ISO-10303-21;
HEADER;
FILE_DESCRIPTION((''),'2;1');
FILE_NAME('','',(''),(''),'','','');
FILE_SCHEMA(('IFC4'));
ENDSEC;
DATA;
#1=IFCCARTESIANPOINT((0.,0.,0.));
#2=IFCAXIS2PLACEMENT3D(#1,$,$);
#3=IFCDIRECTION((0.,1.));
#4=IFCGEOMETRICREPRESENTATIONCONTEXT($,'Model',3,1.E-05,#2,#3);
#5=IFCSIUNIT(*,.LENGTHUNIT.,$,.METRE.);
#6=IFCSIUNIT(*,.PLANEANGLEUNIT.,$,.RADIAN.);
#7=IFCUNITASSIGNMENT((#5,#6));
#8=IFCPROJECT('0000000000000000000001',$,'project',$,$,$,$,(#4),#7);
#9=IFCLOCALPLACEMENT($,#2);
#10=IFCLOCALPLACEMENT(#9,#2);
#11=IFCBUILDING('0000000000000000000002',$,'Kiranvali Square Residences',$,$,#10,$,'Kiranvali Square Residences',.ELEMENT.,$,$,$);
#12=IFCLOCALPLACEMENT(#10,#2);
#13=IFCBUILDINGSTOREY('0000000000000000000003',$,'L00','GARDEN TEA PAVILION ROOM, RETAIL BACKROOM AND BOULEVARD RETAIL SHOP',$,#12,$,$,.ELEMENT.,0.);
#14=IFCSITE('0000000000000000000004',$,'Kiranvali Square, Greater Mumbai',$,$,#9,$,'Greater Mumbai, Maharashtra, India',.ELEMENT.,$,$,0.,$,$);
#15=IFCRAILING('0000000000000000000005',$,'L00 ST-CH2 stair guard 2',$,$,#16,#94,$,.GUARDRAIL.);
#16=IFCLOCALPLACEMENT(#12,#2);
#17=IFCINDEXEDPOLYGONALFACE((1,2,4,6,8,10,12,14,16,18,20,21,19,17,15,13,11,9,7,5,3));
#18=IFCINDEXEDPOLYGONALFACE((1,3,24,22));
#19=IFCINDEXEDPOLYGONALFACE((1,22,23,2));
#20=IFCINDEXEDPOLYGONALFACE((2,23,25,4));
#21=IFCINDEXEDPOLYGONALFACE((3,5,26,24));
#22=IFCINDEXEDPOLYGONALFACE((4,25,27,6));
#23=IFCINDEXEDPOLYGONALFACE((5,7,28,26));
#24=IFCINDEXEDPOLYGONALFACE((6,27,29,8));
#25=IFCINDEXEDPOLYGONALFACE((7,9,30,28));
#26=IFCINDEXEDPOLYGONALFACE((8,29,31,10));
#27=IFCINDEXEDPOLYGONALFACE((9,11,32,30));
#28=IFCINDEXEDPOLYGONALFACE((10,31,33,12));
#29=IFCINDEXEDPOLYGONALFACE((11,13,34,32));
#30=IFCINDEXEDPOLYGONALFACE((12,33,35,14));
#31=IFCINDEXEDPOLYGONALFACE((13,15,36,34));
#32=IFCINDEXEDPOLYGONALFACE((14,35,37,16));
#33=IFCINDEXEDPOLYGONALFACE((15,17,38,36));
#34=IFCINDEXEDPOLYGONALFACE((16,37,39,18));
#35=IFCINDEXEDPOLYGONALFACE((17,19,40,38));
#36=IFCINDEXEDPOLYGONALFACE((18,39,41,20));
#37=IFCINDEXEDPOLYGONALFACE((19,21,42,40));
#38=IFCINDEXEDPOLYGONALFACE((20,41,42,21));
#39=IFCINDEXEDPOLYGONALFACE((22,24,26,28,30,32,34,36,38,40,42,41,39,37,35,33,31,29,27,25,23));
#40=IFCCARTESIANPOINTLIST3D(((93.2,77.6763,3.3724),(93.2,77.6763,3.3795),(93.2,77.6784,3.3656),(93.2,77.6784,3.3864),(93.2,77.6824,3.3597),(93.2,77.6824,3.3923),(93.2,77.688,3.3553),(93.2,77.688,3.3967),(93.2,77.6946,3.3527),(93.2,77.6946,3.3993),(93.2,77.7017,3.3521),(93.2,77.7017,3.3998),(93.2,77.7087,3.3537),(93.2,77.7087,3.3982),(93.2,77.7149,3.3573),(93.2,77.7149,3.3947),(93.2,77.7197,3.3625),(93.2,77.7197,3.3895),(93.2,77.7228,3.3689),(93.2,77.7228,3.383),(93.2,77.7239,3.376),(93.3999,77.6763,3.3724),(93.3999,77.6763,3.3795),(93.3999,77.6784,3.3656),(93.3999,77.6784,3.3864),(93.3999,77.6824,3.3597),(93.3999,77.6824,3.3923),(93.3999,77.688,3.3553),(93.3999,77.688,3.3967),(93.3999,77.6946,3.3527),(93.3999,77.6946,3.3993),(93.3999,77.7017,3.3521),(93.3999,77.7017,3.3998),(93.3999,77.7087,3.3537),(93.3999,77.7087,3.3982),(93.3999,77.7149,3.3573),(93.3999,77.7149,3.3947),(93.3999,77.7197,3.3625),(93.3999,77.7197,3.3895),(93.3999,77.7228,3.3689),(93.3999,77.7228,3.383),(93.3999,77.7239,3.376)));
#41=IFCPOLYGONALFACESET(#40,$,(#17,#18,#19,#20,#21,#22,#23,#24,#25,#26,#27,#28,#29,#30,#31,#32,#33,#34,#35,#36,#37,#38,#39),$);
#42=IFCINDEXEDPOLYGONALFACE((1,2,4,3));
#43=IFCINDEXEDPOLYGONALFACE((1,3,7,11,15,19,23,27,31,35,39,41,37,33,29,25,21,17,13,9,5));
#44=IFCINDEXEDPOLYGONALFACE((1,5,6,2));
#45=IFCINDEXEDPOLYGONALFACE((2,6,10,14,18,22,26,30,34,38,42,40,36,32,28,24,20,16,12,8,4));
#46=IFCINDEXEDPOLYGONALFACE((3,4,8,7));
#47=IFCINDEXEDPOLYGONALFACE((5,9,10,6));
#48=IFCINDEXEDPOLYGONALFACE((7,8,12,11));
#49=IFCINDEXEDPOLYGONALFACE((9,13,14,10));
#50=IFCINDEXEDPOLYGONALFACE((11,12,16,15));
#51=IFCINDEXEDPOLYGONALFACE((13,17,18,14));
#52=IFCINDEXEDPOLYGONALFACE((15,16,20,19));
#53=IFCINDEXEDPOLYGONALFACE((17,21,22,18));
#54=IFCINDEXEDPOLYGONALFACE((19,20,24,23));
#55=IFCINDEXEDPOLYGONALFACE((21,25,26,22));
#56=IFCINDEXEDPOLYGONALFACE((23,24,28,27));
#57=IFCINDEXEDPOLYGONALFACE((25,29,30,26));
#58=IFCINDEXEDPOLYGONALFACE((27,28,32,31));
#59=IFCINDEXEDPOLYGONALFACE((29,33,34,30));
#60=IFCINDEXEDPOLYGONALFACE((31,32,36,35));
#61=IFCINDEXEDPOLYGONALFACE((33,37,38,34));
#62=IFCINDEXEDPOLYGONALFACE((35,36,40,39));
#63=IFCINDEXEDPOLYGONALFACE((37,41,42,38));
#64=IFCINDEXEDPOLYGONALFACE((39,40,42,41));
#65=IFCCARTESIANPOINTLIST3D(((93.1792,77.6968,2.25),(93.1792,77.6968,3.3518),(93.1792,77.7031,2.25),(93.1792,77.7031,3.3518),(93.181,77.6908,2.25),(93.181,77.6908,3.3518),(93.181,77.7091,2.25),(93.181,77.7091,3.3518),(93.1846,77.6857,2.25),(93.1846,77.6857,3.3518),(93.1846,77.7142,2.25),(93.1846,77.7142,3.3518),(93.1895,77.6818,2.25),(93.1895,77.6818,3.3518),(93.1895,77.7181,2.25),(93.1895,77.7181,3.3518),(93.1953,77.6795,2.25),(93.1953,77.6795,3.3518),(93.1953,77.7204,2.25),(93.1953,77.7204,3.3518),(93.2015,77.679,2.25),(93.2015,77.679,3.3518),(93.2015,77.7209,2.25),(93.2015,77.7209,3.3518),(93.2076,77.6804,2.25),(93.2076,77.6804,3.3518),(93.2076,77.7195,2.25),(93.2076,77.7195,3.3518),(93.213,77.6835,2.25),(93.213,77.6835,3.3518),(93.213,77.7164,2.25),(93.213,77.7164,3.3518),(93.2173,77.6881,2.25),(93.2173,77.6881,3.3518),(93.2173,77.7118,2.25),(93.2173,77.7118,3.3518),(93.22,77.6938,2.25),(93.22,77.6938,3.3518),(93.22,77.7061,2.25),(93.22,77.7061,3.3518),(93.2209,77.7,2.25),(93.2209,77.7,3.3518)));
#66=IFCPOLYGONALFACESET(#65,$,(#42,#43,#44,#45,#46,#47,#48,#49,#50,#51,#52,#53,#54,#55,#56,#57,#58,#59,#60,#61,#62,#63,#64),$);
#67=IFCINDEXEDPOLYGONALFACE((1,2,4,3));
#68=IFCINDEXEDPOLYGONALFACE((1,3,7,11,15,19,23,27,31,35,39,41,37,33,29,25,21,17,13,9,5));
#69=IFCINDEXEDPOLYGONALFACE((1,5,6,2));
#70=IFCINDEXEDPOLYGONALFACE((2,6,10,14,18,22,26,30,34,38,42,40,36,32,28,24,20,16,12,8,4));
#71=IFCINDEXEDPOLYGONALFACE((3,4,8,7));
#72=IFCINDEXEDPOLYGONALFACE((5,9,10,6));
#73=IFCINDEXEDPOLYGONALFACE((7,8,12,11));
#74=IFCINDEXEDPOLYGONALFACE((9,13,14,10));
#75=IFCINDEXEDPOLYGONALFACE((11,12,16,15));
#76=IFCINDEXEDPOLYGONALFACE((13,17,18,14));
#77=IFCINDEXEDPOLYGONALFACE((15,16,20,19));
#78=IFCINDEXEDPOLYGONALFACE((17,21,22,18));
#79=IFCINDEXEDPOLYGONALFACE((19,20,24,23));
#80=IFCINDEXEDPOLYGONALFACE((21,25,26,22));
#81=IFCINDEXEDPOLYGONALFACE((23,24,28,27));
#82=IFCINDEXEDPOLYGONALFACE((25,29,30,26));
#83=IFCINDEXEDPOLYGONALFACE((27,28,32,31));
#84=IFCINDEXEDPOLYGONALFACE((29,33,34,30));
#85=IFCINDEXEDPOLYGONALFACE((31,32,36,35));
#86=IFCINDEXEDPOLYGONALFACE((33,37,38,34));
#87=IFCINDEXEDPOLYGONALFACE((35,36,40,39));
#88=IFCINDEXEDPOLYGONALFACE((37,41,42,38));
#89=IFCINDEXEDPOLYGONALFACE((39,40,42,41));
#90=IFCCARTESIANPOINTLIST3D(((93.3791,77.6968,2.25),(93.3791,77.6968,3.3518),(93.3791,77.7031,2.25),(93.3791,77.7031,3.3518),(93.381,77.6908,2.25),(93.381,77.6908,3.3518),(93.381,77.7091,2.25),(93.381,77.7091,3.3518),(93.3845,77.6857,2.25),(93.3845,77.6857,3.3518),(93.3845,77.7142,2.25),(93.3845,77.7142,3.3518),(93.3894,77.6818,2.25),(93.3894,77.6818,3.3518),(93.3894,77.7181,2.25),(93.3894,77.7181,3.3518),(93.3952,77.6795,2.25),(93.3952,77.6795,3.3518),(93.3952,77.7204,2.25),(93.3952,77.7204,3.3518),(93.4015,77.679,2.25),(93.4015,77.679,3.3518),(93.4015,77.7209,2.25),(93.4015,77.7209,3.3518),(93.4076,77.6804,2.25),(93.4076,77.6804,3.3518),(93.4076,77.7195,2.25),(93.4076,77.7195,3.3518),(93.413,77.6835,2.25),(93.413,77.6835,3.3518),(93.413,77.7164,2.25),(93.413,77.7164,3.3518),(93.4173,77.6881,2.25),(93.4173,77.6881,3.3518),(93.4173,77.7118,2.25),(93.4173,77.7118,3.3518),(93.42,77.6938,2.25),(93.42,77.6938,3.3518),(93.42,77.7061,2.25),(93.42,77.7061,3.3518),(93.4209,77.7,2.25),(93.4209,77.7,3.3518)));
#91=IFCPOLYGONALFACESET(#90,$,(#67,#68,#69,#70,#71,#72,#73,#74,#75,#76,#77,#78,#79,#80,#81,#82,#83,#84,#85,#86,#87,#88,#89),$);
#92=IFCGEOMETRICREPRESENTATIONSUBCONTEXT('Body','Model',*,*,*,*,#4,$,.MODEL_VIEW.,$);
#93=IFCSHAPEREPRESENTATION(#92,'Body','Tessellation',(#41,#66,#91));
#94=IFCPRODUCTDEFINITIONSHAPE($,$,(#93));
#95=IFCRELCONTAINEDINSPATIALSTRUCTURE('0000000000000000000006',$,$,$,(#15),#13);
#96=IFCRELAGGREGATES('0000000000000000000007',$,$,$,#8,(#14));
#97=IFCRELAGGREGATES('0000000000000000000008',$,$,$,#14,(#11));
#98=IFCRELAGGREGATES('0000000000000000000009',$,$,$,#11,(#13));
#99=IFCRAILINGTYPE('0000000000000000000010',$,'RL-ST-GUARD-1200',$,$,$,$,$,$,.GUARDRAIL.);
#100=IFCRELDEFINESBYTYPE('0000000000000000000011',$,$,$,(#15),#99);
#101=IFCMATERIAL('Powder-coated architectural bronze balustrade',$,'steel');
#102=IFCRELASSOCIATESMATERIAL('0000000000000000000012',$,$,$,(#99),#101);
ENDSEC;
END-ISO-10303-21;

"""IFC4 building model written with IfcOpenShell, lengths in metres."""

from ifc_helpers import new_model, si_unit, direction, frame, origin, origin_2d, place, context, subcontext, project, spatial, circle, extrude, material, type_object, element, save


model = new_model("IFC4")

# Units and contexts
model_context = context("Model", 3, precision=1e-05, world=origin(), true_north=direction((0.0, 1.0)))
body_context = subcontext(model_context, "Body", "Model", "MODEL_VIEW")
ifc_project = project(units=[si_unit("LENGTHUNIT", "METRE"), si_unit("PLANEANGLEUNIT", "RADIAN")], contexts=[model_context])

# Site, building, storey
site_placement = place(None, origin())
site = spatial("IfcSite", under=ifc_project, at=site_placement, Name="Kiranvali Square, Greater Mumbai", LongName="Greater Mumbai, Maharashtra, India", CompositionType="ELEMENT", RefElevation=0.0)
building_placement = place(site_placement, origin())
building = spatial("IfcBuilding", under=site, at=building_placement, Name="Kiranvali Square Residences", LongName="Kiranvali Square Residences", CompositionType="ELEMENT")
storey_placement = place(building_placement, origin())
storey = spatial("IfcBuildingStorey", under=building, at=storey_placement, Name="L00", Description="GARDEN TEA PAVILION ROOM, RETAIL BACKROOM AND BOULEVARD RETAIL SHOP", CompositionType="ELEMENT", Elevation=0.0)

# Railing
ifc_material_1 = material(Name="Powder-coated architectural bronze balustrade", Category="steel")
railing_type_1 = type_object("IfcRailingType", Name="RL-ST-GUARD-1200", PredefinedType="GUARDRAIL", material=ifc_material_1)
railing_1_placement = place(storey_placement, frame((93.2, 77.7, 2.25)))
element("IfcRailing", 1, at=railing_1_placement, inside=storey, type_object=railing_type_1, Name="L00 ST-CH2 stair guard 2", PredefinedType="GUARDRAIL", context=body_context, shape_type="SweptSolid", body=[
    extrude(circle(Radius=0.0239, at=origin_2d()), frame((0.0, 0.0, 1.126), z_axis=(1.0, 0.0, 0.0), x_axis=(0.0, 1.0, 0.0)), (0.0, 0.0, 1.0), 0.2),
    extrude(circle(Radius=0.021, at=origin_2d()), origin(), (0.0, 0.0, 1.0), 1.1018),
    extrude(circle(Radius=0.021, at=origin_2d()), frame((0.2, 0.0, 0.0)), (0.0, 0.0, 1.0), 1.1018),
])

save(model, "model.ifc")
